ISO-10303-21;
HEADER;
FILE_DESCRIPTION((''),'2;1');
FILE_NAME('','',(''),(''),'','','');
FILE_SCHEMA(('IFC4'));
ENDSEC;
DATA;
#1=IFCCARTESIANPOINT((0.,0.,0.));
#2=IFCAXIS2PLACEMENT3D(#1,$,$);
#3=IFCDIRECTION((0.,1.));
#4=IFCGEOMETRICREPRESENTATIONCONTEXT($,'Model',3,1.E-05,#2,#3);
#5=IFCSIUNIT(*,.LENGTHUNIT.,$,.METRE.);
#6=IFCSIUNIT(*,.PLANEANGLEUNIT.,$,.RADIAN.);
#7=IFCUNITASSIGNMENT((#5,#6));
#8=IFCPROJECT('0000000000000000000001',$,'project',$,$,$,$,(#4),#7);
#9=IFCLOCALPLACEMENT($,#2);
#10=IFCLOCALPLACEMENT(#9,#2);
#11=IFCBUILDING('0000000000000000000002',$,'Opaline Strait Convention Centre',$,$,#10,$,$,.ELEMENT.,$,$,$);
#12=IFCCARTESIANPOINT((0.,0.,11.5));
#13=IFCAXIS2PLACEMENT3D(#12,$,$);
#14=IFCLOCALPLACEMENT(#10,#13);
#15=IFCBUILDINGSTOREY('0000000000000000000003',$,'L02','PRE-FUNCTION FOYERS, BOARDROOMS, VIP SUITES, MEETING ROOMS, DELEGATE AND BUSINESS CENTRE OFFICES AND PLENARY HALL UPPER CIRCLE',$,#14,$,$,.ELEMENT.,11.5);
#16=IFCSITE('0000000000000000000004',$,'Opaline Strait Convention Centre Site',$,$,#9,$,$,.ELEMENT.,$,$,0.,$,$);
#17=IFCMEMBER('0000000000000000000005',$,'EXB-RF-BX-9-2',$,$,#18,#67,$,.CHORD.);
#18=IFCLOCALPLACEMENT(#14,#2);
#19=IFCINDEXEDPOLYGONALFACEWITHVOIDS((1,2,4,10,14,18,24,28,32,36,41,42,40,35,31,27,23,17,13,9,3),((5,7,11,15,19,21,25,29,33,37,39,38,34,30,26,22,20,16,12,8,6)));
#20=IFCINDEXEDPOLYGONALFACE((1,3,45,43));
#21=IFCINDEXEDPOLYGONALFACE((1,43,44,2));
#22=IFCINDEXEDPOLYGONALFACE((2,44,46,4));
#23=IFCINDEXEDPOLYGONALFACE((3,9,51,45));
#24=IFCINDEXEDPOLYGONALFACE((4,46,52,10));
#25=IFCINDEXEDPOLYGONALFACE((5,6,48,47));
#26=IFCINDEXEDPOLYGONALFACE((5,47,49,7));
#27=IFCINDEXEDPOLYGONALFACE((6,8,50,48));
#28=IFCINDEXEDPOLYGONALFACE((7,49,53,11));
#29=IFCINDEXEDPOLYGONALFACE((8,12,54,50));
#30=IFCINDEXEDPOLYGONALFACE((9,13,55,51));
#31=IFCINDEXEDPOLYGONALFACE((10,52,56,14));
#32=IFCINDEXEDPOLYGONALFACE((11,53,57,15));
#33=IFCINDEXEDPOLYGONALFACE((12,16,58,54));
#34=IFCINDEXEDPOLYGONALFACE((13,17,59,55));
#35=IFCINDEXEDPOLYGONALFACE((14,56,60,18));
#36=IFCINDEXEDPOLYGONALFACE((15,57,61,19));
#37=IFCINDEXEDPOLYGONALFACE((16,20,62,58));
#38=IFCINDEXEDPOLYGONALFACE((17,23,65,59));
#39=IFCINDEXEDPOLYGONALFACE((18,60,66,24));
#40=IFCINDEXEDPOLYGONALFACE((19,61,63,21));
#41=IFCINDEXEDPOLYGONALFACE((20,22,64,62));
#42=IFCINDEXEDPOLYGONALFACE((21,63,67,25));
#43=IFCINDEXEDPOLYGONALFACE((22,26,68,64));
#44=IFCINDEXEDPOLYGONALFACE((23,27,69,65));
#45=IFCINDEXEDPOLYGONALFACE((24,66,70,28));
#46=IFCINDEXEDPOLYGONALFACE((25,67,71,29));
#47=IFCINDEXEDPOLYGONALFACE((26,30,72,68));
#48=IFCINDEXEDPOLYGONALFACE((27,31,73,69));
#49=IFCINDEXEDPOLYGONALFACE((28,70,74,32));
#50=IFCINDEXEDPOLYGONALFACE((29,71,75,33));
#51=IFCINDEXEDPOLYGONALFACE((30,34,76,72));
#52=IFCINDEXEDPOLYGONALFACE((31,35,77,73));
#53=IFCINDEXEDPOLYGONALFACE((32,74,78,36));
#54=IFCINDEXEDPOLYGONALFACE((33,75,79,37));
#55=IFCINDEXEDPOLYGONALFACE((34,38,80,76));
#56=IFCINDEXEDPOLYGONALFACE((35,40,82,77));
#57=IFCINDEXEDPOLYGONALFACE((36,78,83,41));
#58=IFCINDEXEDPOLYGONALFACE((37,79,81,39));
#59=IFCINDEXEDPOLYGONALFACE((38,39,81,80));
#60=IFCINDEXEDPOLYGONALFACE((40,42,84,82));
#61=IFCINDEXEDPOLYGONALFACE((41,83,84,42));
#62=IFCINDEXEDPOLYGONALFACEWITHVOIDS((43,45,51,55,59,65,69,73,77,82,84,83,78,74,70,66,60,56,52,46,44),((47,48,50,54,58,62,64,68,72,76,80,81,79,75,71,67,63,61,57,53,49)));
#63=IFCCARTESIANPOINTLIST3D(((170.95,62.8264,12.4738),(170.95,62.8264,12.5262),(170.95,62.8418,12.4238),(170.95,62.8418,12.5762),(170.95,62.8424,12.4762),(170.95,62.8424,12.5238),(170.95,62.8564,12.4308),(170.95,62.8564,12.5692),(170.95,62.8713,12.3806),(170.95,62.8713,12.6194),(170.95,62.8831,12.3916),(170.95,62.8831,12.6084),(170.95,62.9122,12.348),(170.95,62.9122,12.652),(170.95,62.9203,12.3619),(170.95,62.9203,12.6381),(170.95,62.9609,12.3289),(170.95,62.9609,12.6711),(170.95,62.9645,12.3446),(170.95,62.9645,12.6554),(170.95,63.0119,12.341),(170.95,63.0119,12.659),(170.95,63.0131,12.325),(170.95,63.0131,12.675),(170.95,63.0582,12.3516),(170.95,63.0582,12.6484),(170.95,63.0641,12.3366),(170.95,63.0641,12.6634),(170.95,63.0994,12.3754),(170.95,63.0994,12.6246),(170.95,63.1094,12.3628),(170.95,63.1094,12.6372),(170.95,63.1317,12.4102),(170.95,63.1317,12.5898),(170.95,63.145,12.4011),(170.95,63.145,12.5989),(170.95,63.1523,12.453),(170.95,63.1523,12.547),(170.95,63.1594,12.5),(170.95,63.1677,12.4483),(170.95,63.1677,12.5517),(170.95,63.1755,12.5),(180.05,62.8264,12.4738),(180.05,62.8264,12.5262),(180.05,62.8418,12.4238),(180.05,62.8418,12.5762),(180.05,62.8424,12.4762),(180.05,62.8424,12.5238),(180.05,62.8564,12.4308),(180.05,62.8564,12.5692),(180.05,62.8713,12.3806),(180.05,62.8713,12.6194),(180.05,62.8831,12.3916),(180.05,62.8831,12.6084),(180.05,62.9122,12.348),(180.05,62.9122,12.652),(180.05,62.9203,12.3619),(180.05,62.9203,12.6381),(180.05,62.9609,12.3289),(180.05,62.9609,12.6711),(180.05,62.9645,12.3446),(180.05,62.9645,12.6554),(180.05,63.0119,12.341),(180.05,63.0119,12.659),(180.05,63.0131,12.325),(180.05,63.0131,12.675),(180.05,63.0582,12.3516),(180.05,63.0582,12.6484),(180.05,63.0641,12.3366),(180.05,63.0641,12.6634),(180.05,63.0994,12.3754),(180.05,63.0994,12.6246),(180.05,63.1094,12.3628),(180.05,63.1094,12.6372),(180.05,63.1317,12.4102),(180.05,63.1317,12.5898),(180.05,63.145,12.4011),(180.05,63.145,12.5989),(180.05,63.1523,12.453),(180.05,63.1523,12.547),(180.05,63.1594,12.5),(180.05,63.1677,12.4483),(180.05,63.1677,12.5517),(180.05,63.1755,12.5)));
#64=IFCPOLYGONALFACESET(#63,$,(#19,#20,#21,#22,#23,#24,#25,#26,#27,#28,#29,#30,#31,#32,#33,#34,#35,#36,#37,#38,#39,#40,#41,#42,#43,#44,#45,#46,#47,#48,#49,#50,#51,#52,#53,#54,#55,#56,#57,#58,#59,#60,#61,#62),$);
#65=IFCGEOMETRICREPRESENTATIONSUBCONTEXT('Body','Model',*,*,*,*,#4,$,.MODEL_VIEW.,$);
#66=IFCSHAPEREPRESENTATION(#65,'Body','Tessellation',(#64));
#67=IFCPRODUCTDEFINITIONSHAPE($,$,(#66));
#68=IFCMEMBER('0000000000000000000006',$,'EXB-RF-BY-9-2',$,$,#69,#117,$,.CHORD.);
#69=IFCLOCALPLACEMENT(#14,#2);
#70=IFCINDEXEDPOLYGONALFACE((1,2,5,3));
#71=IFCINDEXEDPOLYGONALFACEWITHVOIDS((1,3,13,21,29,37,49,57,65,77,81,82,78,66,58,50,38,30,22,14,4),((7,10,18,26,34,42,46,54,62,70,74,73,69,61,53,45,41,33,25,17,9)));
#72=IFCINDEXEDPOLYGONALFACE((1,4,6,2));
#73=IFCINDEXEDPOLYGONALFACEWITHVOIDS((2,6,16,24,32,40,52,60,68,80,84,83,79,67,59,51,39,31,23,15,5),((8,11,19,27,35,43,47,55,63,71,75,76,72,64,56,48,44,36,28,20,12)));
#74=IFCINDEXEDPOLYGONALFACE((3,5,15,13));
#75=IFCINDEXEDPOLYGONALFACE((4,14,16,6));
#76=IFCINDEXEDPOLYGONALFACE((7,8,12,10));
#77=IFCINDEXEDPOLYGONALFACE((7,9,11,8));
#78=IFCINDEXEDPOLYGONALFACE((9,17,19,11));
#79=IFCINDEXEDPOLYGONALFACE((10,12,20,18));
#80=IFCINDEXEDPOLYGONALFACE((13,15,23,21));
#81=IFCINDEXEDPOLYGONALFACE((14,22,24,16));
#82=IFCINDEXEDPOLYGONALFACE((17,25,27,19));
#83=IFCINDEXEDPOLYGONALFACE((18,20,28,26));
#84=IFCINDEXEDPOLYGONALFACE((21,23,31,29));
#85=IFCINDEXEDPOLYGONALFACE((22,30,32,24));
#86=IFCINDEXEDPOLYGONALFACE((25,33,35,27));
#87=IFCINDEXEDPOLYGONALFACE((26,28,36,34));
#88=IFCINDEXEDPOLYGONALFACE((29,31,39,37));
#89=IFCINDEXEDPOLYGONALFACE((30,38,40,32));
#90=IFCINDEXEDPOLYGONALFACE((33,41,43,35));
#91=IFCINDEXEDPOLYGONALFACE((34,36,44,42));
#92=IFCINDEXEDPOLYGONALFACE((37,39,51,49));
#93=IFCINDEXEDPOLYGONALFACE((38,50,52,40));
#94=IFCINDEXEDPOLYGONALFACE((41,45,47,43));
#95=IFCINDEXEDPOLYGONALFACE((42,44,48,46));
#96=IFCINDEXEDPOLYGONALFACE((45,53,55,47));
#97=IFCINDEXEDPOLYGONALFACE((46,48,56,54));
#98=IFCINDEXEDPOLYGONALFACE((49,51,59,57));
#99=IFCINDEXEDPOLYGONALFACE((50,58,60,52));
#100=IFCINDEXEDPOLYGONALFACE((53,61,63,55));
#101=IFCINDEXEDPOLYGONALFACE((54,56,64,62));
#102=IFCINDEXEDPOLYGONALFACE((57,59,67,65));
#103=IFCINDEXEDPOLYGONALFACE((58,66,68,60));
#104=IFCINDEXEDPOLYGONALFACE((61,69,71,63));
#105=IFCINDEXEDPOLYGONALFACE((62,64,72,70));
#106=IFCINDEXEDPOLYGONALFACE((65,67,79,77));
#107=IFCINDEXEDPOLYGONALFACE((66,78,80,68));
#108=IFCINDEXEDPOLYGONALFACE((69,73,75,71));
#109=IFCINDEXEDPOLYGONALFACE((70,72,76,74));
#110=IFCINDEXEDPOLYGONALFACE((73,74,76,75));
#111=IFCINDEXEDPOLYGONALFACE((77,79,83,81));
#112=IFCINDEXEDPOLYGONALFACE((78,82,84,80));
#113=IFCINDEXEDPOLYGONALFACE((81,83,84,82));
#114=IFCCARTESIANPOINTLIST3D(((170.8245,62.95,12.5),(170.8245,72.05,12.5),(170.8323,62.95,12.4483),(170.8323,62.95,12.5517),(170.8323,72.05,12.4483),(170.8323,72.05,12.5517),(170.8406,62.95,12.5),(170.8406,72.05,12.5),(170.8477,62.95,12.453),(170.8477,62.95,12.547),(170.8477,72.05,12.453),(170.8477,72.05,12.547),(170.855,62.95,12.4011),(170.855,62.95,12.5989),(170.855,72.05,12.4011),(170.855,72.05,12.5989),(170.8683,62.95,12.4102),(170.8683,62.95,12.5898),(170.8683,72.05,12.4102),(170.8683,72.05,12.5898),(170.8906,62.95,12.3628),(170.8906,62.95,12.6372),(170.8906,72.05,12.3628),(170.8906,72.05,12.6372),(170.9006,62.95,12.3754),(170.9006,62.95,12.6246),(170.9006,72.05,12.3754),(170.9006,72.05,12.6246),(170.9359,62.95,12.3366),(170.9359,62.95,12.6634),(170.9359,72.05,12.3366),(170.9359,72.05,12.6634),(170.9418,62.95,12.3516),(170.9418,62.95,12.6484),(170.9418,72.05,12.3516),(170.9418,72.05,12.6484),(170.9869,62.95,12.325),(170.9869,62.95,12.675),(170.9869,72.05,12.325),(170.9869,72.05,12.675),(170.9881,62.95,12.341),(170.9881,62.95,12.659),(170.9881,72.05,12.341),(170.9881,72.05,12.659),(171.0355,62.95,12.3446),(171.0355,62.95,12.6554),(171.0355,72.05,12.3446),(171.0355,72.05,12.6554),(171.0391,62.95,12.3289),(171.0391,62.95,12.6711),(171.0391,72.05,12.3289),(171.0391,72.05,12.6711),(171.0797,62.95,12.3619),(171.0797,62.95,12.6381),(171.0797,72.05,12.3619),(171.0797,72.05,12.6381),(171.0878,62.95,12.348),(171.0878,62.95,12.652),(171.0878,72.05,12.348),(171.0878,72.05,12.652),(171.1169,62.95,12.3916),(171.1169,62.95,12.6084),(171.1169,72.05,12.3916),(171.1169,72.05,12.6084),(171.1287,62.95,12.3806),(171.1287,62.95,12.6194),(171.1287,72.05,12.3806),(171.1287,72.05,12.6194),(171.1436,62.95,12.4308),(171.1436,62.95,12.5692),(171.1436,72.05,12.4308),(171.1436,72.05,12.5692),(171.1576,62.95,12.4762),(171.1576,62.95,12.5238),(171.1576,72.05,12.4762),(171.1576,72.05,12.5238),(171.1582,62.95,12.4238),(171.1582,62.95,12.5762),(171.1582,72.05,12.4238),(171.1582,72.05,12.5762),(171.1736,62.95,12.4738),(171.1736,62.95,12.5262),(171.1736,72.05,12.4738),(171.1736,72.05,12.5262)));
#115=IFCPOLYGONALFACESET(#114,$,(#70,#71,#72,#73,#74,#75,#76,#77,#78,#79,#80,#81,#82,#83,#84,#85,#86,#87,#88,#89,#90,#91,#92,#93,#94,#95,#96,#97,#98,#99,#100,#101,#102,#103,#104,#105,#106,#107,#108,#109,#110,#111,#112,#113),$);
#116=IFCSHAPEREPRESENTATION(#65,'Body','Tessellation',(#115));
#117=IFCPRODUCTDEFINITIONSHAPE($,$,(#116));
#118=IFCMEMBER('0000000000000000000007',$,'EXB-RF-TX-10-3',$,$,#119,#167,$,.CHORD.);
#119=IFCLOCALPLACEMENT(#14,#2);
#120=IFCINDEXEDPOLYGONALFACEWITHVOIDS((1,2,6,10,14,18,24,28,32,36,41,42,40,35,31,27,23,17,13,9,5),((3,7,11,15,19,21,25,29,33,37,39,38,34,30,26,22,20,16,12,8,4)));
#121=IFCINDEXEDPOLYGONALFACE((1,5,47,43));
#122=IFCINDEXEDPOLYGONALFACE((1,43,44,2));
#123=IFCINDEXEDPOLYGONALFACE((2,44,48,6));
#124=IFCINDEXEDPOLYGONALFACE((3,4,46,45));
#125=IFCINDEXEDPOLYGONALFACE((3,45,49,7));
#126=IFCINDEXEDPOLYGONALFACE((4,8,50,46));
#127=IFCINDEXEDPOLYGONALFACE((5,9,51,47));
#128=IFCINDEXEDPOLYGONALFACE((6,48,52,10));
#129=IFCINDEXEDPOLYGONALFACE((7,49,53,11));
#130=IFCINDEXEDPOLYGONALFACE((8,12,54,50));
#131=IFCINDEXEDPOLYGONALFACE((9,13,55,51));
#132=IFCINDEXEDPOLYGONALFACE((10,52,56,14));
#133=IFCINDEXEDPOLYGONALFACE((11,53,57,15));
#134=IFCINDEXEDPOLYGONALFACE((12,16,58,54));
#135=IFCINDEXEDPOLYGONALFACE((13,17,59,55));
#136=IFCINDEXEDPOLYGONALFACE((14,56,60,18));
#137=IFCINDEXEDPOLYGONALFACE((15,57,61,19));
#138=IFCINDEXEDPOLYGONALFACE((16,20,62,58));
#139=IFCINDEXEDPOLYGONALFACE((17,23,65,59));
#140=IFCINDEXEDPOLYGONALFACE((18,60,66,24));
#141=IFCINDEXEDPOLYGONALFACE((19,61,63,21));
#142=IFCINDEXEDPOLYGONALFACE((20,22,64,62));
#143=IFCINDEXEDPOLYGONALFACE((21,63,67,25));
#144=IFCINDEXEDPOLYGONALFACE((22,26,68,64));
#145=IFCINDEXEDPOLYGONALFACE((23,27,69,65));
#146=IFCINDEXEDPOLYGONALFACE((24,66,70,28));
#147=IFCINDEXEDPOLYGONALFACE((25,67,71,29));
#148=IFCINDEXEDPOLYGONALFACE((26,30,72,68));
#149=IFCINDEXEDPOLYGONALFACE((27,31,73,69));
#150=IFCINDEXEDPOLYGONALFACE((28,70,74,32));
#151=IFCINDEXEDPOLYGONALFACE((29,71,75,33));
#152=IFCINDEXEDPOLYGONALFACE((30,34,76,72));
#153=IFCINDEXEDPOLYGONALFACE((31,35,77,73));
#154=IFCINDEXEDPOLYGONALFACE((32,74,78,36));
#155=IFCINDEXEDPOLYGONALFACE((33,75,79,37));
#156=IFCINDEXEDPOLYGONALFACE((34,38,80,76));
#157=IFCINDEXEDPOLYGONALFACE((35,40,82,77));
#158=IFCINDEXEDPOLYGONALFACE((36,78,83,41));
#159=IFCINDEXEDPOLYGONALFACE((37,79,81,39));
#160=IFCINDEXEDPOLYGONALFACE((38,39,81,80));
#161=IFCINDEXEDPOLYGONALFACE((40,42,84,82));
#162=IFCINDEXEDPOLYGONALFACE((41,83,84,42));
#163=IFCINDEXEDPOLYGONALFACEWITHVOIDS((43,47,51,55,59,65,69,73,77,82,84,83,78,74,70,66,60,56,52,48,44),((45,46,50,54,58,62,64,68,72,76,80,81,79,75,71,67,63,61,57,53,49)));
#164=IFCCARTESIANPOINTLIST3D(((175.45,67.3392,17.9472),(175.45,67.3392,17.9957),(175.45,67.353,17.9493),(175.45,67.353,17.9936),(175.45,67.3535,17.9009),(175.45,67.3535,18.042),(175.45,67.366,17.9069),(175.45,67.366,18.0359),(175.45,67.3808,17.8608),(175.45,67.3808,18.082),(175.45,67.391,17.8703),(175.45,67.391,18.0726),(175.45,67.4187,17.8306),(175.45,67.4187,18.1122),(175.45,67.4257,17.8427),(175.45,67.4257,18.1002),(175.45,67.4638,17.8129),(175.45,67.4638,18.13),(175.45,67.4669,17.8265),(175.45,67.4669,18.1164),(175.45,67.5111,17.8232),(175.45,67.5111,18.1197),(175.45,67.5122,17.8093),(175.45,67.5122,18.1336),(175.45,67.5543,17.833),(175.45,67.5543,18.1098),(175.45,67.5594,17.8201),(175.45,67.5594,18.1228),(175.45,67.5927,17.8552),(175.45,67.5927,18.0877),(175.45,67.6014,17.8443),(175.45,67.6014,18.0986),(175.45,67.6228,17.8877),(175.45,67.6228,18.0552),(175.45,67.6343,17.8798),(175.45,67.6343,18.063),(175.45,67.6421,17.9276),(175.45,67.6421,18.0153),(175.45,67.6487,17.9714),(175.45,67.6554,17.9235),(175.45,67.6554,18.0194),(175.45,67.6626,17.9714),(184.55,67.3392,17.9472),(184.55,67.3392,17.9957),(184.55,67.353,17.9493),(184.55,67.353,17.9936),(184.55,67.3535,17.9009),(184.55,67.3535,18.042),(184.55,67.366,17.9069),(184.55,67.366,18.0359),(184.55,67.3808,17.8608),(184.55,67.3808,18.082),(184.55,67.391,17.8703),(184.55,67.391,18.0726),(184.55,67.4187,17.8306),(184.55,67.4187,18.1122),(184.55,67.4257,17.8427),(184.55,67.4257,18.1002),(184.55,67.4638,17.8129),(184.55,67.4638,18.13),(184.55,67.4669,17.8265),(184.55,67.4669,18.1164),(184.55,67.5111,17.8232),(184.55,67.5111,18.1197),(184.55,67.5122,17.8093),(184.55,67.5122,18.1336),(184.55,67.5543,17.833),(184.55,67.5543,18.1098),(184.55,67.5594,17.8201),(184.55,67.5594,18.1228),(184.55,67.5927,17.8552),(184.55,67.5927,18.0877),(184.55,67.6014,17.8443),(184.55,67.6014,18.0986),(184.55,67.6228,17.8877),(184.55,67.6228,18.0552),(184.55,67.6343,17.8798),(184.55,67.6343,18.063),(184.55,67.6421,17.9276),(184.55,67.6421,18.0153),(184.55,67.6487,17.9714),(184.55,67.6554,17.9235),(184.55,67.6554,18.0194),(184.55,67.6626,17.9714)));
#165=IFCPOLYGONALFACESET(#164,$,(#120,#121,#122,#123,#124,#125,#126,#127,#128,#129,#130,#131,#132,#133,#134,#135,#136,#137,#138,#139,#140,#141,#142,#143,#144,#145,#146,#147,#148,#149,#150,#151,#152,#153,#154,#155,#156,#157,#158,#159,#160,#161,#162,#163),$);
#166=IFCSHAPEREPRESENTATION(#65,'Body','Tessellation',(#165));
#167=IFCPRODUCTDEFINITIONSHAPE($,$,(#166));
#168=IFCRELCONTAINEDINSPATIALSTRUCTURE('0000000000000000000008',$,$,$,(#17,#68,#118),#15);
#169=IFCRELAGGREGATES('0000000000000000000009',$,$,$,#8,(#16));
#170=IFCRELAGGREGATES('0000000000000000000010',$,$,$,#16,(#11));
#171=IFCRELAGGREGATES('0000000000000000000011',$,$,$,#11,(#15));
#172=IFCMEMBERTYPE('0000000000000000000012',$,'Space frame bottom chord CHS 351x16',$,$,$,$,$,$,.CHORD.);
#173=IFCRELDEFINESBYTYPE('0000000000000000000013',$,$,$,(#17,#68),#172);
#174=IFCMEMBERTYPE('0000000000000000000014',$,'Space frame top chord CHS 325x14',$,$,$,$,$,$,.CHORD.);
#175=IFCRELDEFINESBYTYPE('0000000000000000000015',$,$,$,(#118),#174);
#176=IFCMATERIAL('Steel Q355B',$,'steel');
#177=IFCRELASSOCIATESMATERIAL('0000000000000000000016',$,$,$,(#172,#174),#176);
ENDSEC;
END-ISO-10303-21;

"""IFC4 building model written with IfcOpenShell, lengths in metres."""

from ifc_helpers import new_model, si_unit, direction, frame, origin, origin_2d, place, context, subcontext, project, spatial, hollow_circle, extrude, material, material_profile, profile_set, type_object, element, save


model = new_model("IFC4")

# Units and contexts
model_context = context("Model", 3, precision=1e-05, world=origin(), true_north=direction((0.0, 1.0)))
body_context = subcontext(model_context, "Body", "Model", "MODEL_VIEW")
ifc_project = project(units=[si_unit("LENGTHUNIT", "METRE"), si_unit("PLANEANGLEUNIT", "RADIAN")], contexts=[model_context])

# Site, building, storey
site_placement = place(None, origin())
site = spatial("IfcSite", under=ifc_project, at=site_placement, Name="Opaline Strait Convention Centre Site", CompositionType="ELEMENT", RefElevation=0.0)
building_placement = place(site_placement, origin())
building = spatial("IfcBuilding", under=site, at=building_placement, Name="Opaline Strait Convention Centre", CompositionType="ELEMENT")
storey_placement = place(building_placement, frame((0.0, 0.0, 11.5)))
storey = spatial("IfcBuildingStorey", under=building, at=storey_placement, Name="L02", Description="PRE-FUNCTION FOYERS, BOARDROOMS, VIP SUITES, MEETING ROOMS, DELEGATE AND BUSINESS CENTRE OFFICES AND PLENARY HALL UPPER CIRCLE", CompositionType="ELEMENT", Elevation=11.5)

# Members
ifc_material = material(Name="Steel Q355B", Category="steel")
ifc_material_profile_1 = material_profile(ifc_material, hollow_circle(Radius=0.1755, WallThickness=0.0161, at=origin_2d()), Name="CHS 351x16")
ifc_profile_set_1 = profile_set([ifc_material_profile_1], Name="Steel Q355B")
member_type_1 = type_object("IfcMemberType", Name="Space frame bottom chord CHS 351x16", PredefinedType="CHORD", material=ifc_profile_set_1)
for number, where, z_axis, x_axis, name in (
    (1, (170.95, 63.0, 12.5), (1.0, 0.0, 0.0), (0.0, 1.0, 0.0), "EXB-RF-BX-9-2"),
    (2, (171.0, 62.95, 12.5), (0.0, 1.0, 0.0), (-1.0, 0.0, 0.0), "EXB-RF-BY-9-2"),
):
    element("IfcMember", number, at=place(storey_placement, frame(where, z_axis=z_axis, x_axis=x_axis)), inside=storey, type_object=member_type_1, Name=name, PredefinedType="CHORD", context=body_context, shape_type="SweptSolid", body=[
        extrude(hollow_circle(Radius=0.1755, WallThickness=0.0161, at=origin_2d()), origin(), (0.0, 0.0, 1.0), 9.1001),
    ])
ifc_material_profile_2 = material_profile(ifc_material, hollow_circle(Radius=0.1626, WallThickness=0.0139, at=origin_2d()), Name="CHS 325x14")
ifc_profile_set_2 = profile_set([ifc_material_profile_2], Name="Steel Q355B")
member_type_2 = type_object("IfcMemberType", Name="Space frame top chord CHS 325x14", PredefinedType="CHORD", material=ifc_profile_set_2)
for number, where, z_axis, x_axis, name in (
    (3, (175.45, 67.5, 17.9714), (1.0, 0.0, 0.0), (0.0, 1.0, 0.0), "EXB-RF-TX-10-3"),
):
    element("IfcMember", number, at=place(storey_placement, frame(where, z_axis=z_axis, x_axis=x_axis)), inside=storey, type_object=member_type_2, Name=name, PredefinedType="CHORD", context=body_context, shape_type="SweptSolid", body=[
        extrude(hollow_circle(Radius=0.1626, WallThickness=0.0139, at=origin_2d()), origin(), (0.0, 0.0, 1.0), 9.1001),
    ])

save(model, "model.ifc")
